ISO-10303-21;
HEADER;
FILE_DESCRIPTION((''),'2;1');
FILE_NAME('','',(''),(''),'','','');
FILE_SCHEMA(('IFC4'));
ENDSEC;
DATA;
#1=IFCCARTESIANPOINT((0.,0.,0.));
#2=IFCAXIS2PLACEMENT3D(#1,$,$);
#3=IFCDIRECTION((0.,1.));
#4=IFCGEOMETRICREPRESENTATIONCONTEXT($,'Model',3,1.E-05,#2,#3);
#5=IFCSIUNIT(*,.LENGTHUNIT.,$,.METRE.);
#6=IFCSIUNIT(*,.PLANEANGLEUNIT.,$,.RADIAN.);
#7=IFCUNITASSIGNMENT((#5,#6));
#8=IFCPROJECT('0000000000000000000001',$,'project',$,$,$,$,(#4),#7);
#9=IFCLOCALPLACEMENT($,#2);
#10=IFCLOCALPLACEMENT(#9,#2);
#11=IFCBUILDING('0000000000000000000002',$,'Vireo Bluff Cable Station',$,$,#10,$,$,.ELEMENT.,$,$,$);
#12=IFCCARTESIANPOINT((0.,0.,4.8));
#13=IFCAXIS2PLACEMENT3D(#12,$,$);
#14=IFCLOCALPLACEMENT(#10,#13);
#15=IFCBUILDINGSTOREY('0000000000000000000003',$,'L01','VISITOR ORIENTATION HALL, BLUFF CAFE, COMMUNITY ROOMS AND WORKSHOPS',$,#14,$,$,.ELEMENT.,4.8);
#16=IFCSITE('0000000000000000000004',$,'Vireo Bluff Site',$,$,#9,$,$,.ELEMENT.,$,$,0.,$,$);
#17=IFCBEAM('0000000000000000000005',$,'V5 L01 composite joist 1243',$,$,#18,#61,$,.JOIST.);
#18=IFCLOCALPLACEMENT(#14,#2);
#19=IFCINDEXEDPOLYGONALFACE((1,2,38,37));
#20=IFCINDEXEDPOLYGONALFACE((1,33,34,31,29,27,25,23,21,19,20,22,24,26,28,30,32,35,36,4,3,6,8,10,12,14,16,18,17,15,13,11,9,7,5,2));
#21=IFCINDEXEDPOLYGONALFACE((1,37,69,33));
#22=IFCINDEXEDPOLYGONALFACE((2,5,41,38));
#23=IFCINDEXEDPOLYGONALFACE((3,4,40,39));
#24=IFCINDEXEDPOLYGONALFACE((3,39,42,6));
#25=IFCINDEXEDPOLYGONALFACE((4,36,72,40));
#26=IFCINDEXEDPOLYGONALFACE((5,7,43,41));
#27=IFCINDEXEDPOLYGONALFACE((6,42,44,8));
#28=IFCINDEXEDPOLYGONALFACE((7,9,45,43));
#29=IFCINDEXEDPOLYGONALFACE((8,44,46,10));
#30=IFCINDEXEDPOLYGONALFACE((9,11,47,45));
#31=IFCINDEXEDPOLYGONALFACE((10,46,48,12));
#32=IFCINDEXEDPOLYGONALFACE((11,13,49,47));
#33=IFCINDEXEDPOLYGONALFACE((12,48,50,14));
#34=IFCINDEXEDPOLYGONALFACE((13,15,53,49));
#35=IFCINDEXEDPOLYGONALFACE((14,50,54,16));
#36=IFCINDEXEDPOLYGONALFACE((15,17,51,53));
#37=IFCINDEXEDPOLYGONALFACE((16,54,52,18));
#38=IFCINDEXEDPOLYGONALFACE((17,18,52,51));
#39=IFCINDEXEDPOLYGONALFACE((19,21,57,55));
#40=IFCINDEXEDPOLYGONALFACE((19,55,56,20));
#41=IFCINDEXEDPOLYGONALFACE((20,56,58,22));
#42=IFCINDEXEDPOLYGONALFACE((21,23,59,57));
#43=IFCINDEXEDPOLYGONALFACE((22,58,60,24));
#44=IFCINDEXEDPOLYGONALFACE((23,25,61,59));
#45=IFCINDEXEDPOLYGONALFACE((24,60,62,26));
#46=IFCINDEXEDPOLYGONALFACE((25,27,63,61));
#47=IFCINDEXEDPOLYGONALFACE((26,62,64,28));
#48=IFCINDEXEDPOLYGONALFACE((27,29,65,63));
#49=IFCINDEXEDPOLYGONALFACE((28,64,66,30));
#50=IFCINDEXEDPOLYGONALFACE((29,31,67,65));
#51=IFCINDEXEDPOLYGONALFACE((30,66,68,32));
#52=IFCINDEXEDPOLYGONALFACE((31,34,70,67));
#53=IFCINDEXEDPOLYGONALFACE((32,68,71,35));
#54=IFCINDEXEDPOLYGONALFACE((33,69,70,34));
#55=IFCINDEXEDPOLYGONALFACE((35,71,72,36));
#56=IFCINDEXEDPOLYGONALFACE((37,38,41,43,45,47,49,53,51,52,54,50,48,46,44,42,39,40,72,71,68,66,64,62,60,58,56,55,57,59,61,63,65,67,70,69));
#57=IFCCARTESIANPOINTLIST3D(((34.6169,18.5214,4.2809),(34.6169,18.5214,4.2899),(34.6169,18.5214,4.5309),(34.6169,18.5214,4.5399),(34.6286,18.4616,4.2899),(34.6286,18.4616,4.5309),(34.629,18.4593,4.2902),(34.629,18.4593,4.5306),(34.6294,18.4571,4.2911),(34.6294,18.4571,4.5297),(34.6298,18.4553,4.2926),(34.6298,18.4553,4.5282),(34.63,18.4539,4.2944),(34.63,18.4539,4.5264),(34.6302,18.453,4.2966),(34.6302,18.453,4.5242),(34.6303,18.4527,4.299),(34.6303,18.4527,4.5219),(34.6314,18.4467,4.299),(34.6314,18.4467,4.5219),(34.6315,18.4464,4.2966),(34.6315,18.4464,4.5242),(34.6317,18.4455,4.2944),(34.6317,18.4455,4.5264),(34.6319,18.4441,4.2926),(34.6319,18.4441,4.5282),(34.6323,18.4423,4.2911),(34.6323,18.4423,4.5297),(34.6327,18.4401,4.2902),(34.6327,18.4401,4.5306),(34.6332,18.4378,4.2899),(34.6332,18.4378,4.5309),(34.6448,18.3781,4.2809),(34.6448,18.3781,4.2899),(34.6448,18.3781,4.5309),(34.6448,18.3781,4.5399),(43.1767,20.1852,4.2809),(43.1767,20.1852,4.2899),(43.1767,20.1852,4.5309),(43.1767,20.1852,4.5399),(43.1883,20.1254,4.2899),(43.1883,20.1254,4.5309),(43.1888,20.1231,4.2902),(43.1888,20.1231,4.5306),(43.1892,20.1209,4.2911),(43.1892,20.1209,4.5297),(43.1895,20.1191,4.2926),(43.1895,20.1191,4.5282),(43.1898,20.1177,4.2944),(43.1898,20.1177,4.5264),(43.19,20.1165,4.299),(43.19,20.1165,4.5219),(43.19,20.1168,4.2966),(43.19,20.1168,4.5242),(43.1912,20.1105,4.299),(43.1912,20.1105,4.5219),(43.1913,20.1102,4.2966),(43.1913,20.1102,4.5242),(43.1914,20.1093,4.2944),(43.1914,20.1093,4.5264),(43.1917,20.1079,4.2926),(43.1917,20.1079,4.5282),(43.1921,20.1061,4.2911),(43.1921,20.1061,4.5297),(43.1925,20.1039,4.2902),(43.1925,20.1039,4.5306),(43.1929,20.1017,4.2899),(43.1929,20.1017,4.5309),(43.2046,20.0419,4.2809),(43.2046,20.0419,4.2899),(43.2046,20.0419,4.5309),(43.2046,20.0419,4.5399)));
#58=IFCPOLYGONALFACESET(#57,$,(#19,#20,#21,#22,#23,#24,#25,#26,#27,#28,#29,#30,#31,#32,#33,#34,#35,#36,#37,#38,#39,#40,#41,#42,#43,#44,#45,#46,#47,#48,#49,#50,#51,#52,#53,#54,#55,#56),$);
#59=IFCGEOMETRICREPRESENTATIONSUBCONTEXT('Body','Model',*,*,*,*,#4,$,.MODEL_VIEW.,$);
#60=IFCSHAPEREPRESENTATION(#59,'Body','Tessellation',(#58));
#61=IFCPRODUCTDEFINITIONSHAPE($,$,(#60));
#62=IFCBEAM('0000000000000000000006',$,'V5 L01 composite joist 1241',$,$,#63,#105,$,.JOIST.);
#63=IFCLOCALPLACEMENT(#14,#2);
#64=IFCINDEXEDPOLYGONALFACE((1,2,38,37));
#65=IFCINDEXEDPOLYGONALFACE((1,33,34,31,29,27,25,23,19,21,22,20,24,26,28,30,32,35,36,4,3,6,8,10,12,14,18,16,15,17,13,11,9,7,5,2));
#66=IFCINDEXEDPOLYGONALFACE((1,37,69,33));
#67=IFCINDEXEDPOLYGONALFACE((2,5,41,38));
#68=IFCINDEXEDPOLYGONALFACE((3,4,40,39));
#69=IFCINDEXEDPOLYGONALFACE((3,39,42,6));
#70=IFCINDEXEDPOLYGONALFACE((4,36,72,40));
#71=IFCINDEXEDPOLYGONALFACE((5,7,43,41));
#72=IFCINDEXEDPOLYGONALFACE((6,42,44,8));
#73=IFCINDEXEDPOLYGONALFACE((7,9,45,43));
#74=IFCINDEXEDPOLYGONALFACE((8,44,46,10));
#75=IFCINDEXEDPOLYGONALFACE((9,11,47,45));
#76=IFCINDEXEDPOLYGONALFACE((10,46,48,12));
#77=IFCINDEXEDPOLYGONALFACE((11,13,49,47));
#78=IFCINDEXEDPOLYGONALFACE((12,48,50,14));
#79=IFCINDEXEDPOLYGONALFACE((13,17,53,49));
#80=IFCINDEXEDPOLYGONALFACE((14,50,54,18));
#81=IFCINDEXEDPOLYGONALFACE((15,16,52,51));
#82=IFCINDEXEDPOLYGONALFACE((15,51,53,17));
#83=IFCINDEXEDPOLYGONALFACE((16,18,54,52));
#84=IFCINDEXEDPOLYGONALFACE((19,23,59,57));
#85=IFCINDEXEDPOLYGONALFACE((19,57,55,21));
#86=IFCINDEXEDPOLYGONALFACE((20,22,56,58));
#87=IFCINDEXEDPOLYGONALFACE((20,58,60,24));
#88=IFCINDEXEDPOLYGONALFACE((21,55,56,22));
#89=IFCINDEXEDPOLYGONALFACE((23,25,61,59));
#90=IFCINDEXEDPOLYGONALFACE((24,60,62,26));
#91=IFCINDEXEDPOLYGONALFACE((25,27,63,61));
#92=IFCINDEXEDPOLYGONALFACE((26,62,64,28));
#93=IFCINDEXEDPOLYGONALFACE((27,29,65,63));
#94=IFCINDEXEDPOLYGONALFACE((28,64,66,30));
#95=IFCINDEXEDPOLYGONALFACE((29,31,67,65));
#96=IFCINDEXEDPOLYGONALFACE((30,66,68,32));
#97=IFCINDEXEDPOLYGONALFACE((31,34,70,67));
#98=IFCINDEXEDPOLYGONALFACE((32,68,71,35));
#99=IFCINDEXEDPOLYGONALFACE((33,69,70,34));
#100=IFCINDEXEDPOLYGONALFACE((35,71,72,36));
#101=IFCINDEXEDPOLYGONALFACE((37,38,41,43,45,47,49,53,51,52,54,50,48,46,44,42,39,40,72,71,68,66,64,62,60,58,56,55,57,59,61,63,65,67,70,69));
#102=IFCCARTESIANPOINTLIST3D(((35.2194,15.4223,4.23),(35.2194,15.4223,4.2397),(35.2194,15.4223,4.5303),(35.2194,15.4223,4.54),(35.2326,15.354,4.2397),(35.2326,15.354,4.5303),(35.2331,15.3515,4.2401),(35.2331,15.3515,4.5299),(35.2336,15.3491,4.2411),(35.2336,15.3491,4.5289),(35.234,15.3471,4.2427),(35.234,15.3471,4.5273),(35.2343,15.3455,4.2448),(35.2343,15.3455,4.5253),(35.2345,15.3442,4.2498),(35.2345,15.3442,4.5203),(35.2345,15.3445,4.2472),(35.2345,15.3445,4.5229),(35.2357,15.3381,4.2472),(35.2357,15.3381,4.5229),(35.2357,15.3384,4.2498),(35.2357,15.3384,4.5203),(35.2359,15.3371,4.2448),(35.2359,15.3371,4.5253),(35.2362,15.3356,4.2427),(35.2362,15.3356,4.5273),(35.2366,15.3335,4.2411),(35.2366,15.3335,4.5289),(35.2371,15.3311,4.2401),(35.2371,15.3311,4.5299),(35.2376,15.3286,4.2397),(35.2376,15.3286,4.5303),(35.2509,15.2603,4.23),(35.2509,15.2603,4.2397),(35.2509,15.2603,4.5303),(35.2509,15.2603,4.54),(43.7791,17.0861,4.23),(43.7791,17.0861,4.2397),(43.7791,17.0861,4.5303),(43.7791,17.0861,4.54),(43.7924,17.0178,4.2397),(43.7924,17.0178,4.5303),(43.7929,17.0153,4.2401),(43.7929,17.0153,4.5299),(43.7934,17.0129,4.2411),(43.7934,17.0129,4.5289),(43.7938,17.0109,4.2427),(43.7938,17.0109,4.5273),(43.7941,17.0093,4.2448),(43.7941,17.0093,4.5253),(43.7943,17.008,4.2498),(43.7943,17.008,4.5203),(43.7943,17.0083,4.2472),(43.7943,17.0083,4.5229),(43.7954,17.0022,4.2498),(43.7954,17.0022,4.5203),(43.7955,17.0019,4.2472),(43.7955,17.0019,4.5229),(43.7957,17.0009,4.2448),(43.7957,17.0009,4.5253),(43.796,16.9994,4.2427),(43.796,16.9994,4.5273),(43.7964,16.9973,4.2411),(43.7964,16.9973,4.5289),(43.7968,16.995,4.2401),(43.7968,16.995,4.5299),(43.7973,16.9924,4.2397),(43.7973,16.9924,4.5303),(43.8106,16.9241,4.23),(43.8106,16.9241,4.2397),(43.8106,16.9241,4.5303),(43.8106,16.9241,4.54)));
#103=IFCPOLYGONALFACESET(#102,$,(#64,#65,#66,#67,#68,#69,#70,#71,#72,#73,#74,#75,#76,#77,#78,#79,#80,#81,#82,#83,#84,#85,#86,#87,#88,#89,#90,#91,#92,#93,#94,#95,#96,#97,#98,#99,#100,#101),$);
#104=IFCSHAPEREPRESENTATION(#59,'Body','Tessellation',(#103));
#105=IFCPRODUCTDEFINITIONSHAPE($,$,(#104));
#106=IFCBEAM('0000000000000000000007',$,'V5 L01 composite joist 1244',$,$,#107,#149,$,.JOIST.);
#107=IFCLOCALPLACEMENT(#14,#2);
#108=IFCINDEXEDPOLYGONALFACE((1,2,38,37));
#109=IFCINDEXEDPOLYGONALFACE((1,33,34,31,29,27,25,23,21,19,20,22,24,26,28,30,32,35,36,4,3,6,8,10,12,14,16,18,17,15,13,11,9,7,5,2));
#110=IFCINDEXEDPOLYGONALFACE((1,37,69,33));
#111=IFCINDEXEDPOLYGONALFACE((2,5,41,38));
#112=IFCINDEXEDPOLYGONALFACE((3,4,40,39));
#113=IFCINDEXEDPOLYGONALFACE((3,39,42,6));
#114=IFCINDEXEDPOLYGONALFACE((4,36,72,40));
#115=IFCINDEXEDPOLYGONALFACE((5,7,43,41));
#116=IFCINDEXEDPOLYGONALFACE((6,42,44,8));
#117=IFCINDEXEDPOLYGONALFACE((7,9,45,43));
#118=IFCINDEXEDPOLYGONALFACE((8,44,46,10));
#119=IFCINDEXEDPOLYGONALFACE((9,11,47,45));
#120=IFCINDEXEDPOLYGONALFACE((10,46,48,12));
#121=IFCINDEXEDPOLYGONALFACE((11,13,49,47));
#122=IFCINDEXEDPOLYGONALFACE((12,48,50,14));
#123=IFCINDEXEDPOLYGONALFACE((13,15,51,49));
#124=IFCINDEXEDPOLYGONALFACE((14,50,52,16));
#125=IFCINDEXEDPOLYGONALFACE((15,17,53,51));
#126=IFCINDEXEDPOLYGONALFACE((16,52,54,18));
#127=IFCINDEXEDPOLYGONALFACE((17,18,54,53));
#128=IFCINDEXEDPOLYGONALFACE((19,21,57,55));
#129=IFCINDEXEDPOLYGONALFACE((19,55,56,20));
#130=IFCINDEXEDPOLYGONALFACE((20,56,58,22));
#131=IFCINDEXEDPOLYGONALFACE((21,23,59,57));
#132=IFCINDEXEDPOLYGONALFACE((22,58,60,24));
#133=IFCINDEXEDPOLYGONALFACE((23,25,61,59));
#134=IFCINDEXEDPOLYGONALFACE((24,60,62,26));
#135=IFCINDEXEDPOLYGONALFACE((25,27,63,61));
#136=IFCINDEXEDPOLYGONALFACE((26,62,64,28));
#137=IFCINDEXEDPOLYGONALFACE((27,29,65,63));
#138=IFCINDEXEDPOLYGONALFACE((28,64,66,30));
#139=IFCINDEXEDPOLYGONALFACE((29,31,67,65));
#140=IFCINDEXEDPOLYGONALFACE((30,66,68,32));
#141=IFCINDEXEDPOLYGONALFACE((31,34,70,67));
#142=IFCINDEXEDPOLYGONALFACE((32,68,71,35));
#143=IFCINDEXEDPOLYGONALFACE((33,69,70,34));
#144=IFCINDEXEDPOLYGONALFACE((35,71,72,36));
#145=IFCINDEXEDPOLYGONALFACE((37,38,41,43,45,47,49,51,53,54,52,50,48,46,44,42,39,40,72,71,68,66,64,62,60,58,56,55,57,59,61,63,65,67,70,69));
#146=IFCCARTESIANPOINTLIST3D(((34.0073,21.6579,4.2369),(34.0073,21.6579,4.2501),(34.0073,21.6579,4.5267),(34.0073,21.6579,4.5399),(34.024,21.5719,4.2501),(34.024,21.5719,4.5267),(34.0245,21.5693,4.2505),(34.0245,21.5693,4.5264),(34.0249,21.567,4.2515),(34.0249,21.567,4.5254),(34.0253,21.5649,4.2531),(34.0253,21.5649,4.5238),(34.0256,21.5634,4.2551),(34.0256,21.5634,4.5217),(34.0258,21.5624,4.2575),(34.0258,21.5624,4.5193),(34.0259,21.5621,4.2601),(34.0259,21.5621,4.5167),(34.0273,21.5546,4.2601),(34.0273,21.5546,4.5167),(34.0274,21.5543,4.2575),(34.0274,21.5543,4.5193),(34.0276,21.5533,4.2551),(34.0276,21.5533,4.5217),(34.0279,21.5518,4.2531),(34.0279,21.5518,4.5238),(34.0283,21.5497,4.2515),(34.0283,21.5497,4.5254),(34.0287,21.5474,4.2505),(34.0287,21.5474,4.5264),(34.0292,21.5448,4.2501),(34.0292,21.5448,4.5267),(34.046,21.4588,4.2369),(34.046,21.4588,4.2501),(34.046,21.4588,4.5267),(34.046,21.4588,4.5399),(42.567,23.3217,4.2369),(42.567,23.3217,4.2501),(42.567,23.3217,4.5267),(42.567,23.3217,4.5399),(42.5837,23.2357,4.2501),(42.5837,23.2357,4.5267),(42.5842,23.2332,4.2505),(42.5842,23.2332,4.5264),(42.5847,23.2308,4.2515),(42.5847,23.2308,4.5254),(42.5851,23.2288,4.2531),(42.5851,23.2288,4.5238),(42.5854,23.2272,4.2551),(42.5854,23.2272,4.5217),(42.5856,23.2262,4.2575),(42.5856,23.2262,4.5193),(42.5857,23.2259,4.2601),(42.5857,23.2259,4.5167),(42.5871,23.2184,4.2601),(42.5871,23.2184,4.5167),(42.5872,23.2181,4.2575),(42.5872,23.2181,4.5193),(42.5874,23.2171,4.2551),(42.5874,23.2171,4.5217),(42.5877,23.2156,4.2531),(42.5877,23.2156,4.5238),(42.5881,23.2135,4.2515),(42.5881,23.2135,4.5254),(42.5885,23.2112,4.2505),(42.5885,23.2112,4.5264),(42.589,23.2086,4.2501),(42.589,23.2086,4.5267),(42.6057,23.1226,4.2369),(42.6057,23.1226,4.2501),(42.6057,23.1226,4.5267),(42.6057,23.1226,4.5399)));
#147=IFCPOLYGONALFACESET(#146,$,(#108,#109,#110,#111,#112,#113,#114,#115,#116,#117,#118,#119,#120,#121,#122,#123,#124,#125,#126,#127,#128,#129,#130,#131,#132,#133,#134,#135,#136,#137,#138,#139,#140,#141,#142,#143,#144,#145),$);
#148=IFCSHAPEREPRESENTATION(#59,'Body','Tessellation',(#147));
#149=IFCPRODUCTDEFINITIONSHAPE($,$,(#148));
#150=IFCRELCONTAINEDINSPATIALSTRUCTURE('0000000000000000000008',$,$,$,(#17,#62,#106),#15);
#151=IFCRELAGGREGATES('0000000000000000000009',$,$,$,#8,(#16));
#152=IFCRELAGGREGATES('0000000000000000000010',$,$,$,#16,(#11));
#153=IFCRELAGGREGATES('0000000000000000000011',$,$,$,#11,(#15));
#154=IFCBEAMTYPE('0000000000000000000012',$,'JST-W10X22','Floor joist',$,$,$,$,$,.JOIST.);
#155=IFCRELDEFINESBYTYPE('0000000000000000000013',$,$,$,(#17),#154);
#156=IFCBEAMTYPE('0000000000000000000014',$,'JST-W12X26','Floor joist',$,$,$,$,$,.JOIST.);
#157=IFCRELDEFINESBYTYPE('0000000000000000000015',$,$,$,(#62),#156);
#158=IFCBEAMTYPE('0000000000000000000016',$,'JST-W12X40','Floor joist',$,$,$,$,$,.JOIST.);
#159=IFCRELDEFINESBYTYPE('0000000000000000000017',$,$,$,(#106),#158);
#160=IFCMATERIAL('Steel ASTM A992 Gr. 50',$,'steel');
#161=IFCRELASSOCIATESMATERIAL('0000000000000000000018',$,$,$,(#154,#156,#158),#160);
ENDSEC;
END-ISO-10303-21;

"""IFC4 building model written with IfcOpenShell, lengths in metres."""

from ifc_helpers import new_model, si_unit, direction, frame, origin, origin_2d, place, context, subcontext, project, spatial, i_section, extrude, material, material_profile, profile_set, type_object, element, save


model = new_model("IFC4")

# Units and contexts
model_context = context("Model", 3, precision=1e-05, world=origin(), true_north=direction((0.0, 1.0)))
body_context = subcontext(model_context, "Body", "Model", "MODEL_VIEW")
ifc_project = project(units=[si_unit("LENGTHUNIT", "METRE"), si_unit("PLANEANGLEUNIT", "RADIAN")], contexts=[model_context])

# Site, building, storey
site_placement = place(None, origin())
site = spatial("IfcSite", under=ifc_project, at=site_placement, Name="Vireo Bluff Site", CompositionType="ELEMENT", RefElevation=0.0)
building_placement = place(site_placement, origin())
building = spatial("IfcBuilding", under=site, at=building_placement, Name="Vireo Bluff Cable Station", CompositionType="ELEMENT")
storey_placement = place(building_placement, frame((0.0, 0.0, 4.8)))
storey = spatial("IfcBuildingStorey", under=building, at=storey_placement, Name="L01", Description="VISITOR ORIENTATION HALL, BLUFF CAFE, COMMUNITY ROOMS AND WORKSHOPS", CompositionType="ELEMENT", Elevation=4.8)

# Shared definitions
ifc_material_1 = material(Name="Steel ASTM A992 Gr. 50", Category="steel")

# Beams
ifc_material_profile_1 = material_profile(ifc_material_1, i_section(OverallWidth=0.146, OverallDepth=0.259, WebThickness=0.0061, FlangeThickness=0.009, FilletRadius=0.009, at=origin_2d()), Name="W10X22")
ifc_profile_set_1 = profile_set([ifc_material_profile_1], Name="Steel ASTM A992 Gr. 50")
beam_type_1 = type_object("IfcBeamType", Name="JST-W10X22", Description="Floor joist", PredefinedType="JOIST", material=ifc_profile_set_1)
for number, where, z_axis, x_axis, name in (
    (1, (34.6309, 18.4497, 4.4104), (0.981628, 0.190804, 0.0), (-0.190804, 0.981628, 0.0), "V5 L01 composite joist 1243"),
):
    element("IfcBeam", number, at=place(storey_placement, frame(where, z_axis=z_axis, x_axis=x_axis)), inside=storey, type_object=beam_type_1, Name=name, PredefinedType="JOIST", context=body_context, shape_type="SweptSolid", body=[
        extrude(i_section(OverallWidth=0.146, OverallDepth=0.259, WebThickness=0.0061, FlangeThickness=0.009, FilletRadius=0.009, at=origin_2d()), origin(), (0.0, 0.0, 1.0), 8.72),
    ])
ifc_material_profile_2 = material_profile(ifc_material_1, i_section(OverallWidth=0.165, OverallDepth=0.3101, WebThickness=0.0059, FlangeThickness=0.0098, FilletRadius=0.01, at=origin_2d()), Name="W12X26")
ifc_profile_set_2 = profile_set([ifc_material_profile_2], Name="Steel ASTM A992 Gr. 50")
beam_type_2 = type_object("IfcBeamType", Name="JST-W12X26", Description="Floor joist", PredefinedType="JOIST", material=ifc_profile_set_2)
beam_1_placement = place(storey_placement, frame((35.2351, 15.3413, 4.385), z_axis=(0.981628, 0.190804, 0.0), x_axis=(-0.190804, 0.981628, 0.0)))
element("IfcBeam", 2, at=beam_1_placement, inside=storey, type_object=beam_type_2, Name="V5 L01 composite joist 1241", PredefinedType="JOIST", context=body_context, shape_type="SweptSolid", body=[
    extrude(i_section(OverallWidth=0.165, OverallDepth=0.3101, WebThickness=0.0059, FlangeThickness=0.0098, FilletRadius=0.01, at=origin_2d()), origin(), (0.0, 0.0, 1.0), 8.72),
])
ifc_material_profile_3 = material_profile(ifc_material_1, i_section(OverallWidth=0.2029, OverallDepth=0.303, WebThickness=0.0076, FlangeThickness=0.0132, FilletRadius=0.01, at=origin_2d()), Name="W12X40")
ifc_profile_set_3 = profile_set([ifc_material_profile_3], Name="Steel ASTM A992 Gr. 50")
beam_type_3 = type_object("IfcBeamType", Name="JST-W12X40", Description="Floor joist", PredefinedType="JOIST", material=ifc_profile_set_3)
beam_2_placement = place(storey_placement, frame((34.0266, 21.5583, 4.3884), z_axis=(0.981628, 0.190804, 0.0), x_axis=(-0.190804, 0.981628, 0.0)))
element("IfcBeam", 3, at=beam_2_placement, inside=storey, type_object=beam_type_3, Name="V5 L01 composite joist 1244", PredefinedType="JOIST", context=body_context, shape_type="SweptSolid", body=[
    extrude(i_section(OverallWidth=0.2029, OverallDepth=0.303, WebThickness=0.0076, FlangeThickness=0.0132, FilletRadius=0.01, at=origin_2d()), origin(), (0.0, 0.0, 1.0), 8.72),
])

save(model, "model.ifc")
